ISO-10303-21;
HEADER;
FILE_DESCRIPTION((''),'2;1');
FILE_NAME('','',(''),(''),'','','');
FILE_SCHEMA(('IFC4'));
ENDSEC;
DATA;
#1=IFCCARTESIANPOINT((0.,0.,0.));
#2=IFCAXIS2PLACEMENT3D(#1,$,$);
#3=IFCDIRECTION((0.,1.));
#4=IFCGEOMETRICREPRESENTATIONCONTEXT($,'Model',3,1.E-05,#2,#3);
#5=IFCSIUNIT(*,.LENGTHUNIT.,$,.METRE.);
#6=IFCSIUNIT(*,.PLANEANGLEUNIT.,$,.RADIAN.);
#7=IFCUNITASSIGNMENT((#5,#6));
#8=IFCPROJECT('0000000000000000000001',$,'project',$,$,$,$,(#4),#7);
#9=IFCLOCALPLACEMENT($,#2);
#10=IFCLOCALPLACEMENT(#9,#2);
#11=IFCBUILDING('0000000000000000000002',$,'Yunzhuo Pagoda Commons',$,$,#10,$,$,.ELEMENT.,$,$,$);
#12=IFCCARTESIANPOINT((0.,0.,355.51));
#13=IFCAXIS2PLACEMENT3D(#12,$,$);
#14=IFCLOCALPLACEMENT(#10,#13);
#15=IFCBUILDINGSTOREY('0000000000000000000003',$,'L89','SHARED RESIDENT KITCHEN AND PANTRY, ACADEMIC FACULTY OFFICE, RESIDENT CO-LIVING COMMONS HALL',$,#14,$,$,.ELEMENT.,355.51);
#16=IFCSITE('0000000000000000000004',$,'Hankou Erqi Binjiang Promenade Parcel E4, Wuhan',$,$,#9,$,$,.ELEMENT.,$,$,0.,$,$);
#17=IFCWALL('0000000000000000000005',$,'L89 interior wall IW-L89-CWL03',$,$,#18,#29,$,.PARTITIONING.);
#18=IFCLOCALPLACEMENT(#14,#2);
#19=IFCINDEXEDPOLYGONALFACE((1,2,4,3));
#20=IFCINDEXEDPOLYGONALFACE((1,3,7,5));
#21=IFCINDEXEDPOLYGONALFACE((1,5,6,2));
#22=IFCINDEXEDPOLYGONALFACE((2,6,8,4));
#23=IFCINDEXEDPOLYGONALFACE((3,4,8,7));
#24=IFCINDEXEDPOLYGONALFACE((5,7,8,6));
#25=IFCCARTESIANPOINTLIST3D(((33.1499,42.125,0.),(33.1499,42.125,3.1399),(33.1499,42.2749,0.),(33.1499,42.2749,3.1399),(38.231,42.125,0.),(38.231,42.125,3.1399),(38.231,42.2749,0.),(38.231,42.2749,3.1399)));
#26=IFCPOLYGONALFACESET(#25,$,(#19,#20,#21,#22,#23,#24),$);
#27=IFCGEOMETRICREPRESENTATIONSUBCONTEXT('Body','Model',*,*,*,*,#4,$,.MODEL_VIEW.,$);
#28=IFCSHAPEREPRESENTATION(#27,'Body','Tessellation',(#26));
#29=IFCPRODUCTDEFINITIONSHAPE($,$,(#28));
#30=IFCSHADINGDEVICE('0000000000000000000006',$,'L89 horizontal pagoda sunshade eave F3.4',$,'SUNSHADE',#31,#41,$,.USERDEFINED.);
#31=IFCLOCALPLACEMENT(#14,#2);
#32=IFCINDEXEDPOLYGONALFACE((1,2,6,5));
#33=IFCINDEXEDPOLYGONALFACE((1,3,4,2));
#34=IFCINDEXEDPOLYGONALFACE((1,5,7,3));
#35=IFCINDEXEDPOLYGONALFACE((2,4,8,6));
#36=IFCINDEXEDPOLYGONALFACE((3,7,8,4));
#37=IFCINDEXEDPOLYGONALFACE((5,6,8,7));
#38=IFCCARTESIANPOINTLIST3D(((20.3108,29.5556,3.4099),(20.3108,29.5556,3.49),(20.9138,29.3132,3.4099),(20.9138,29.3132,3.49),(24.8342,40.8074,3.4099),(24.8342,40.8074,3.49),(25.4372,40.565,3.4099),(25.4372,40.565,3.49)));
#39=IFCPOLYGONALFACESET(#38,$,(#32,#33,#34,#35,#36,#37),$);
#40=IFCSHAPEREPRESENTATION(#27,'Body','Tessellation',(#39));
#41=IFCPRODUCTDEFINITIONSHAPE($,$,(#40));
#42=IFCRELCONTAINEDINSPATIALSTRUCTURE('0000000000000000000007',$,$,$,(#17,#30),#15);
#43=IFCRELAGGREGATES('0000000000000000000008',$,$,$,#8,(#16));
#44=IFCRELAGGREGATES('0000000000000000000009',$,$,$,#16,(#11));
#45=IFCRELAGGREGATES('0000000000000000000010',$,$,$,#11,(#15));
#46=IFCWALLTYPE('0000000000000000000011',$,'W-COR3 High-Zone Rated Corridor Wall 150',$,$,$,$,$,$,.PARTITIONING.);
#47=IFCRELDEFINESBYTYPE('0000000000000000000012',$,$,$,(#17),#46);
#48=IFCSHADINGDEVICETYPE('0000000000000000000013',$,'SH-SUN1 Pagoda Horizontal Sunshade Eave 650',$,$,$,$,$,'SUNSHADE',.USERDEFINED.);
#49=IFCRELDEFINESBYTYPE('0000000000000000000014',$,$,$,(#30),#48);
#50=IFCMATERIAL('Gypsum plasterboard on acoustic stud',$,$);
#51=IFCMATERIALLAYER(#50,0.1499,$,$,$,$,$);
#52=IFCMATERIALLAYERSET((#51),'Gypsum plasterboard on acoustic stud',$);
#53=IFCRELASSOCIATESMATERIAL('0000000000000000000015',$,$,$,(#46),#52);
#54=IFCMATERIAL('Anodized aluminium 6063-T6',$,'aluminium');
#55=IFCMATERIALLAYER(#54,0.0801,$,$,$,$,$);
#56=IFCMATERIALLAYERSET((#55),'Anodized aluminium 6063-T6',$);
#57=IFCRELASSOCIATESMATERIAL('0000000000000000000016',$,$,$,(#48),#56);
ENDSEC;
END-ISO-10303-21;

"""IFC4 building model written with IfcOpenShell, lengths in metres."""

from ifc_helpers import new_model, si_unit, direction, frame, frame_2d, origin, origin_2d, place, context, subcontext, project, spatial, rectangle, extrude, source, transform, mapped, material, layer, layer_set, type_object, element, save


model = new_model("IFC4")

# Units and contexts
model_context = context("Model", 3, precision=1e-05, world=origin(), true_north=direction((0.0, 1.0)))
body_context = subcontext(model_context, "Body", "Model", "MODEL_VIEW")
ifc_project = project(units=[si_unit("LENGTHUNIT", "METRE"), si_unit("PLANEANGLEUNIT", "RADIAN")], contexts=[model_context])

# Site, building, storey
site_placement = place(None, origin())
site = spatial("IfcSite", under=ifc_project, at=site_placement, Name="Hankou Erqi Binjiang Promenade Parcel E4, Wuhan", CompositionType="ELEMENT", RefElevation=0.0)
building_placement = place(site_placement, origin())
building = spatial("IfcBuilding", under=site, at=building_placement, Name="Yunzhuo Pagoda Commons", CompositionType="ELEMENT")
storey_placement = place(building_placement, frame((0.0, 0.0, 355.51)))
storey = spatial("IfcBuildingStorey", under=building, at=storey_placement, Name="L89", Description="SHARED RESIDENT KITCHEN AND PANTRY, ACADEMIC FACULTY OFFICE, RESIDENT CO-LIVING COMMONS HALL", CompositionType="ELEMENT", Elevation=355.51)

# Shared definitions
ifc_material_1 = material(Name="Anodized aluminium 6063-T6", Category="aluminium")

# Wall
ifc_material_2 = material(Name="Gypsum plasterboard on acoustic stud")
ifc_layer_1 = layer(ifc_material_2, 0.1499)
ifc_layer_set_1 = layer_set([ifc_layer_1], Name="Gypsum plasterboard on acoustic stud")
wall_type_1 = type_object("IfcWallType", Name="W-COR3 High-Zone Rated Corridor Wall 150", PredefinedType="PARTITIONING", material=ifc_layer_set_1)
wall_1_placement = place(storey_placement, frame((33.1499, 42.2, 0.0), z_axis=(0.0, 0.0, 1.0), x_axis=(1.0, 0.0, 0.0)))
element("IfcWall", 1, at=wall_1_placement, inside=storey, type_object=wall_type_1, Name="L89 interior wall IW-L89-CWL03", PredefinedType="PARTITIONING", context=body_context, shape_type="SweptSolid", body=[
    extrude(rectangle(XDim=5.0811, YDim=0.1499, at=frame_2d((2.5405, 0.0))), origin(), (0.0, 0.0, 1.0), 3.1399),
])

# Shading device
ifc_layer_2 = layer(ifc_material_1, 0.0801)
ifc_layer_set_2 = layer_set([ifc_layer_2], Name="Anodized aluminium 6063-T6")
shading_device_type = type_object("IfcShadingDeviceType", Name="SH-SUN1 Pagoda Horizontal Sunshade Eave 650", ElementType="SUNSHADE", PredefinedType="USERDEFINED", material=ifc_layer_set_2)
shared_shape_1 = source(origin(), body_context, "Body", "SweptSolid", [
    extrude(rectangle(XDim=12.127, YDim=0.6499, at=origin_2d()), origin(), (0.0, 0.0, 1.0), 0.0801),
])
shading_device_placement = place(storey_placement, frame((22.874, 35.0603, 3.4099), z_axis=(0.0, 0.0, 1.0), x_axis=(-0.373004, -0.92783, 0.0)))
element("IfcShadingDevice", 2, at=shading_device_placement, inside=storey, type_object=shading_device_type, Name="L89 horizontal pagoda sunshade eave F3.4", ObjectType="SUNSHADE", PredefinedType="USERDEFINED", context=body_context, shape_type="MappedRepresentation", body=[
    mapped(shared_shape_1, transform((0.0, 0.0, 0.0), scale=1.0)),
])

save(model, "model.ifc")
